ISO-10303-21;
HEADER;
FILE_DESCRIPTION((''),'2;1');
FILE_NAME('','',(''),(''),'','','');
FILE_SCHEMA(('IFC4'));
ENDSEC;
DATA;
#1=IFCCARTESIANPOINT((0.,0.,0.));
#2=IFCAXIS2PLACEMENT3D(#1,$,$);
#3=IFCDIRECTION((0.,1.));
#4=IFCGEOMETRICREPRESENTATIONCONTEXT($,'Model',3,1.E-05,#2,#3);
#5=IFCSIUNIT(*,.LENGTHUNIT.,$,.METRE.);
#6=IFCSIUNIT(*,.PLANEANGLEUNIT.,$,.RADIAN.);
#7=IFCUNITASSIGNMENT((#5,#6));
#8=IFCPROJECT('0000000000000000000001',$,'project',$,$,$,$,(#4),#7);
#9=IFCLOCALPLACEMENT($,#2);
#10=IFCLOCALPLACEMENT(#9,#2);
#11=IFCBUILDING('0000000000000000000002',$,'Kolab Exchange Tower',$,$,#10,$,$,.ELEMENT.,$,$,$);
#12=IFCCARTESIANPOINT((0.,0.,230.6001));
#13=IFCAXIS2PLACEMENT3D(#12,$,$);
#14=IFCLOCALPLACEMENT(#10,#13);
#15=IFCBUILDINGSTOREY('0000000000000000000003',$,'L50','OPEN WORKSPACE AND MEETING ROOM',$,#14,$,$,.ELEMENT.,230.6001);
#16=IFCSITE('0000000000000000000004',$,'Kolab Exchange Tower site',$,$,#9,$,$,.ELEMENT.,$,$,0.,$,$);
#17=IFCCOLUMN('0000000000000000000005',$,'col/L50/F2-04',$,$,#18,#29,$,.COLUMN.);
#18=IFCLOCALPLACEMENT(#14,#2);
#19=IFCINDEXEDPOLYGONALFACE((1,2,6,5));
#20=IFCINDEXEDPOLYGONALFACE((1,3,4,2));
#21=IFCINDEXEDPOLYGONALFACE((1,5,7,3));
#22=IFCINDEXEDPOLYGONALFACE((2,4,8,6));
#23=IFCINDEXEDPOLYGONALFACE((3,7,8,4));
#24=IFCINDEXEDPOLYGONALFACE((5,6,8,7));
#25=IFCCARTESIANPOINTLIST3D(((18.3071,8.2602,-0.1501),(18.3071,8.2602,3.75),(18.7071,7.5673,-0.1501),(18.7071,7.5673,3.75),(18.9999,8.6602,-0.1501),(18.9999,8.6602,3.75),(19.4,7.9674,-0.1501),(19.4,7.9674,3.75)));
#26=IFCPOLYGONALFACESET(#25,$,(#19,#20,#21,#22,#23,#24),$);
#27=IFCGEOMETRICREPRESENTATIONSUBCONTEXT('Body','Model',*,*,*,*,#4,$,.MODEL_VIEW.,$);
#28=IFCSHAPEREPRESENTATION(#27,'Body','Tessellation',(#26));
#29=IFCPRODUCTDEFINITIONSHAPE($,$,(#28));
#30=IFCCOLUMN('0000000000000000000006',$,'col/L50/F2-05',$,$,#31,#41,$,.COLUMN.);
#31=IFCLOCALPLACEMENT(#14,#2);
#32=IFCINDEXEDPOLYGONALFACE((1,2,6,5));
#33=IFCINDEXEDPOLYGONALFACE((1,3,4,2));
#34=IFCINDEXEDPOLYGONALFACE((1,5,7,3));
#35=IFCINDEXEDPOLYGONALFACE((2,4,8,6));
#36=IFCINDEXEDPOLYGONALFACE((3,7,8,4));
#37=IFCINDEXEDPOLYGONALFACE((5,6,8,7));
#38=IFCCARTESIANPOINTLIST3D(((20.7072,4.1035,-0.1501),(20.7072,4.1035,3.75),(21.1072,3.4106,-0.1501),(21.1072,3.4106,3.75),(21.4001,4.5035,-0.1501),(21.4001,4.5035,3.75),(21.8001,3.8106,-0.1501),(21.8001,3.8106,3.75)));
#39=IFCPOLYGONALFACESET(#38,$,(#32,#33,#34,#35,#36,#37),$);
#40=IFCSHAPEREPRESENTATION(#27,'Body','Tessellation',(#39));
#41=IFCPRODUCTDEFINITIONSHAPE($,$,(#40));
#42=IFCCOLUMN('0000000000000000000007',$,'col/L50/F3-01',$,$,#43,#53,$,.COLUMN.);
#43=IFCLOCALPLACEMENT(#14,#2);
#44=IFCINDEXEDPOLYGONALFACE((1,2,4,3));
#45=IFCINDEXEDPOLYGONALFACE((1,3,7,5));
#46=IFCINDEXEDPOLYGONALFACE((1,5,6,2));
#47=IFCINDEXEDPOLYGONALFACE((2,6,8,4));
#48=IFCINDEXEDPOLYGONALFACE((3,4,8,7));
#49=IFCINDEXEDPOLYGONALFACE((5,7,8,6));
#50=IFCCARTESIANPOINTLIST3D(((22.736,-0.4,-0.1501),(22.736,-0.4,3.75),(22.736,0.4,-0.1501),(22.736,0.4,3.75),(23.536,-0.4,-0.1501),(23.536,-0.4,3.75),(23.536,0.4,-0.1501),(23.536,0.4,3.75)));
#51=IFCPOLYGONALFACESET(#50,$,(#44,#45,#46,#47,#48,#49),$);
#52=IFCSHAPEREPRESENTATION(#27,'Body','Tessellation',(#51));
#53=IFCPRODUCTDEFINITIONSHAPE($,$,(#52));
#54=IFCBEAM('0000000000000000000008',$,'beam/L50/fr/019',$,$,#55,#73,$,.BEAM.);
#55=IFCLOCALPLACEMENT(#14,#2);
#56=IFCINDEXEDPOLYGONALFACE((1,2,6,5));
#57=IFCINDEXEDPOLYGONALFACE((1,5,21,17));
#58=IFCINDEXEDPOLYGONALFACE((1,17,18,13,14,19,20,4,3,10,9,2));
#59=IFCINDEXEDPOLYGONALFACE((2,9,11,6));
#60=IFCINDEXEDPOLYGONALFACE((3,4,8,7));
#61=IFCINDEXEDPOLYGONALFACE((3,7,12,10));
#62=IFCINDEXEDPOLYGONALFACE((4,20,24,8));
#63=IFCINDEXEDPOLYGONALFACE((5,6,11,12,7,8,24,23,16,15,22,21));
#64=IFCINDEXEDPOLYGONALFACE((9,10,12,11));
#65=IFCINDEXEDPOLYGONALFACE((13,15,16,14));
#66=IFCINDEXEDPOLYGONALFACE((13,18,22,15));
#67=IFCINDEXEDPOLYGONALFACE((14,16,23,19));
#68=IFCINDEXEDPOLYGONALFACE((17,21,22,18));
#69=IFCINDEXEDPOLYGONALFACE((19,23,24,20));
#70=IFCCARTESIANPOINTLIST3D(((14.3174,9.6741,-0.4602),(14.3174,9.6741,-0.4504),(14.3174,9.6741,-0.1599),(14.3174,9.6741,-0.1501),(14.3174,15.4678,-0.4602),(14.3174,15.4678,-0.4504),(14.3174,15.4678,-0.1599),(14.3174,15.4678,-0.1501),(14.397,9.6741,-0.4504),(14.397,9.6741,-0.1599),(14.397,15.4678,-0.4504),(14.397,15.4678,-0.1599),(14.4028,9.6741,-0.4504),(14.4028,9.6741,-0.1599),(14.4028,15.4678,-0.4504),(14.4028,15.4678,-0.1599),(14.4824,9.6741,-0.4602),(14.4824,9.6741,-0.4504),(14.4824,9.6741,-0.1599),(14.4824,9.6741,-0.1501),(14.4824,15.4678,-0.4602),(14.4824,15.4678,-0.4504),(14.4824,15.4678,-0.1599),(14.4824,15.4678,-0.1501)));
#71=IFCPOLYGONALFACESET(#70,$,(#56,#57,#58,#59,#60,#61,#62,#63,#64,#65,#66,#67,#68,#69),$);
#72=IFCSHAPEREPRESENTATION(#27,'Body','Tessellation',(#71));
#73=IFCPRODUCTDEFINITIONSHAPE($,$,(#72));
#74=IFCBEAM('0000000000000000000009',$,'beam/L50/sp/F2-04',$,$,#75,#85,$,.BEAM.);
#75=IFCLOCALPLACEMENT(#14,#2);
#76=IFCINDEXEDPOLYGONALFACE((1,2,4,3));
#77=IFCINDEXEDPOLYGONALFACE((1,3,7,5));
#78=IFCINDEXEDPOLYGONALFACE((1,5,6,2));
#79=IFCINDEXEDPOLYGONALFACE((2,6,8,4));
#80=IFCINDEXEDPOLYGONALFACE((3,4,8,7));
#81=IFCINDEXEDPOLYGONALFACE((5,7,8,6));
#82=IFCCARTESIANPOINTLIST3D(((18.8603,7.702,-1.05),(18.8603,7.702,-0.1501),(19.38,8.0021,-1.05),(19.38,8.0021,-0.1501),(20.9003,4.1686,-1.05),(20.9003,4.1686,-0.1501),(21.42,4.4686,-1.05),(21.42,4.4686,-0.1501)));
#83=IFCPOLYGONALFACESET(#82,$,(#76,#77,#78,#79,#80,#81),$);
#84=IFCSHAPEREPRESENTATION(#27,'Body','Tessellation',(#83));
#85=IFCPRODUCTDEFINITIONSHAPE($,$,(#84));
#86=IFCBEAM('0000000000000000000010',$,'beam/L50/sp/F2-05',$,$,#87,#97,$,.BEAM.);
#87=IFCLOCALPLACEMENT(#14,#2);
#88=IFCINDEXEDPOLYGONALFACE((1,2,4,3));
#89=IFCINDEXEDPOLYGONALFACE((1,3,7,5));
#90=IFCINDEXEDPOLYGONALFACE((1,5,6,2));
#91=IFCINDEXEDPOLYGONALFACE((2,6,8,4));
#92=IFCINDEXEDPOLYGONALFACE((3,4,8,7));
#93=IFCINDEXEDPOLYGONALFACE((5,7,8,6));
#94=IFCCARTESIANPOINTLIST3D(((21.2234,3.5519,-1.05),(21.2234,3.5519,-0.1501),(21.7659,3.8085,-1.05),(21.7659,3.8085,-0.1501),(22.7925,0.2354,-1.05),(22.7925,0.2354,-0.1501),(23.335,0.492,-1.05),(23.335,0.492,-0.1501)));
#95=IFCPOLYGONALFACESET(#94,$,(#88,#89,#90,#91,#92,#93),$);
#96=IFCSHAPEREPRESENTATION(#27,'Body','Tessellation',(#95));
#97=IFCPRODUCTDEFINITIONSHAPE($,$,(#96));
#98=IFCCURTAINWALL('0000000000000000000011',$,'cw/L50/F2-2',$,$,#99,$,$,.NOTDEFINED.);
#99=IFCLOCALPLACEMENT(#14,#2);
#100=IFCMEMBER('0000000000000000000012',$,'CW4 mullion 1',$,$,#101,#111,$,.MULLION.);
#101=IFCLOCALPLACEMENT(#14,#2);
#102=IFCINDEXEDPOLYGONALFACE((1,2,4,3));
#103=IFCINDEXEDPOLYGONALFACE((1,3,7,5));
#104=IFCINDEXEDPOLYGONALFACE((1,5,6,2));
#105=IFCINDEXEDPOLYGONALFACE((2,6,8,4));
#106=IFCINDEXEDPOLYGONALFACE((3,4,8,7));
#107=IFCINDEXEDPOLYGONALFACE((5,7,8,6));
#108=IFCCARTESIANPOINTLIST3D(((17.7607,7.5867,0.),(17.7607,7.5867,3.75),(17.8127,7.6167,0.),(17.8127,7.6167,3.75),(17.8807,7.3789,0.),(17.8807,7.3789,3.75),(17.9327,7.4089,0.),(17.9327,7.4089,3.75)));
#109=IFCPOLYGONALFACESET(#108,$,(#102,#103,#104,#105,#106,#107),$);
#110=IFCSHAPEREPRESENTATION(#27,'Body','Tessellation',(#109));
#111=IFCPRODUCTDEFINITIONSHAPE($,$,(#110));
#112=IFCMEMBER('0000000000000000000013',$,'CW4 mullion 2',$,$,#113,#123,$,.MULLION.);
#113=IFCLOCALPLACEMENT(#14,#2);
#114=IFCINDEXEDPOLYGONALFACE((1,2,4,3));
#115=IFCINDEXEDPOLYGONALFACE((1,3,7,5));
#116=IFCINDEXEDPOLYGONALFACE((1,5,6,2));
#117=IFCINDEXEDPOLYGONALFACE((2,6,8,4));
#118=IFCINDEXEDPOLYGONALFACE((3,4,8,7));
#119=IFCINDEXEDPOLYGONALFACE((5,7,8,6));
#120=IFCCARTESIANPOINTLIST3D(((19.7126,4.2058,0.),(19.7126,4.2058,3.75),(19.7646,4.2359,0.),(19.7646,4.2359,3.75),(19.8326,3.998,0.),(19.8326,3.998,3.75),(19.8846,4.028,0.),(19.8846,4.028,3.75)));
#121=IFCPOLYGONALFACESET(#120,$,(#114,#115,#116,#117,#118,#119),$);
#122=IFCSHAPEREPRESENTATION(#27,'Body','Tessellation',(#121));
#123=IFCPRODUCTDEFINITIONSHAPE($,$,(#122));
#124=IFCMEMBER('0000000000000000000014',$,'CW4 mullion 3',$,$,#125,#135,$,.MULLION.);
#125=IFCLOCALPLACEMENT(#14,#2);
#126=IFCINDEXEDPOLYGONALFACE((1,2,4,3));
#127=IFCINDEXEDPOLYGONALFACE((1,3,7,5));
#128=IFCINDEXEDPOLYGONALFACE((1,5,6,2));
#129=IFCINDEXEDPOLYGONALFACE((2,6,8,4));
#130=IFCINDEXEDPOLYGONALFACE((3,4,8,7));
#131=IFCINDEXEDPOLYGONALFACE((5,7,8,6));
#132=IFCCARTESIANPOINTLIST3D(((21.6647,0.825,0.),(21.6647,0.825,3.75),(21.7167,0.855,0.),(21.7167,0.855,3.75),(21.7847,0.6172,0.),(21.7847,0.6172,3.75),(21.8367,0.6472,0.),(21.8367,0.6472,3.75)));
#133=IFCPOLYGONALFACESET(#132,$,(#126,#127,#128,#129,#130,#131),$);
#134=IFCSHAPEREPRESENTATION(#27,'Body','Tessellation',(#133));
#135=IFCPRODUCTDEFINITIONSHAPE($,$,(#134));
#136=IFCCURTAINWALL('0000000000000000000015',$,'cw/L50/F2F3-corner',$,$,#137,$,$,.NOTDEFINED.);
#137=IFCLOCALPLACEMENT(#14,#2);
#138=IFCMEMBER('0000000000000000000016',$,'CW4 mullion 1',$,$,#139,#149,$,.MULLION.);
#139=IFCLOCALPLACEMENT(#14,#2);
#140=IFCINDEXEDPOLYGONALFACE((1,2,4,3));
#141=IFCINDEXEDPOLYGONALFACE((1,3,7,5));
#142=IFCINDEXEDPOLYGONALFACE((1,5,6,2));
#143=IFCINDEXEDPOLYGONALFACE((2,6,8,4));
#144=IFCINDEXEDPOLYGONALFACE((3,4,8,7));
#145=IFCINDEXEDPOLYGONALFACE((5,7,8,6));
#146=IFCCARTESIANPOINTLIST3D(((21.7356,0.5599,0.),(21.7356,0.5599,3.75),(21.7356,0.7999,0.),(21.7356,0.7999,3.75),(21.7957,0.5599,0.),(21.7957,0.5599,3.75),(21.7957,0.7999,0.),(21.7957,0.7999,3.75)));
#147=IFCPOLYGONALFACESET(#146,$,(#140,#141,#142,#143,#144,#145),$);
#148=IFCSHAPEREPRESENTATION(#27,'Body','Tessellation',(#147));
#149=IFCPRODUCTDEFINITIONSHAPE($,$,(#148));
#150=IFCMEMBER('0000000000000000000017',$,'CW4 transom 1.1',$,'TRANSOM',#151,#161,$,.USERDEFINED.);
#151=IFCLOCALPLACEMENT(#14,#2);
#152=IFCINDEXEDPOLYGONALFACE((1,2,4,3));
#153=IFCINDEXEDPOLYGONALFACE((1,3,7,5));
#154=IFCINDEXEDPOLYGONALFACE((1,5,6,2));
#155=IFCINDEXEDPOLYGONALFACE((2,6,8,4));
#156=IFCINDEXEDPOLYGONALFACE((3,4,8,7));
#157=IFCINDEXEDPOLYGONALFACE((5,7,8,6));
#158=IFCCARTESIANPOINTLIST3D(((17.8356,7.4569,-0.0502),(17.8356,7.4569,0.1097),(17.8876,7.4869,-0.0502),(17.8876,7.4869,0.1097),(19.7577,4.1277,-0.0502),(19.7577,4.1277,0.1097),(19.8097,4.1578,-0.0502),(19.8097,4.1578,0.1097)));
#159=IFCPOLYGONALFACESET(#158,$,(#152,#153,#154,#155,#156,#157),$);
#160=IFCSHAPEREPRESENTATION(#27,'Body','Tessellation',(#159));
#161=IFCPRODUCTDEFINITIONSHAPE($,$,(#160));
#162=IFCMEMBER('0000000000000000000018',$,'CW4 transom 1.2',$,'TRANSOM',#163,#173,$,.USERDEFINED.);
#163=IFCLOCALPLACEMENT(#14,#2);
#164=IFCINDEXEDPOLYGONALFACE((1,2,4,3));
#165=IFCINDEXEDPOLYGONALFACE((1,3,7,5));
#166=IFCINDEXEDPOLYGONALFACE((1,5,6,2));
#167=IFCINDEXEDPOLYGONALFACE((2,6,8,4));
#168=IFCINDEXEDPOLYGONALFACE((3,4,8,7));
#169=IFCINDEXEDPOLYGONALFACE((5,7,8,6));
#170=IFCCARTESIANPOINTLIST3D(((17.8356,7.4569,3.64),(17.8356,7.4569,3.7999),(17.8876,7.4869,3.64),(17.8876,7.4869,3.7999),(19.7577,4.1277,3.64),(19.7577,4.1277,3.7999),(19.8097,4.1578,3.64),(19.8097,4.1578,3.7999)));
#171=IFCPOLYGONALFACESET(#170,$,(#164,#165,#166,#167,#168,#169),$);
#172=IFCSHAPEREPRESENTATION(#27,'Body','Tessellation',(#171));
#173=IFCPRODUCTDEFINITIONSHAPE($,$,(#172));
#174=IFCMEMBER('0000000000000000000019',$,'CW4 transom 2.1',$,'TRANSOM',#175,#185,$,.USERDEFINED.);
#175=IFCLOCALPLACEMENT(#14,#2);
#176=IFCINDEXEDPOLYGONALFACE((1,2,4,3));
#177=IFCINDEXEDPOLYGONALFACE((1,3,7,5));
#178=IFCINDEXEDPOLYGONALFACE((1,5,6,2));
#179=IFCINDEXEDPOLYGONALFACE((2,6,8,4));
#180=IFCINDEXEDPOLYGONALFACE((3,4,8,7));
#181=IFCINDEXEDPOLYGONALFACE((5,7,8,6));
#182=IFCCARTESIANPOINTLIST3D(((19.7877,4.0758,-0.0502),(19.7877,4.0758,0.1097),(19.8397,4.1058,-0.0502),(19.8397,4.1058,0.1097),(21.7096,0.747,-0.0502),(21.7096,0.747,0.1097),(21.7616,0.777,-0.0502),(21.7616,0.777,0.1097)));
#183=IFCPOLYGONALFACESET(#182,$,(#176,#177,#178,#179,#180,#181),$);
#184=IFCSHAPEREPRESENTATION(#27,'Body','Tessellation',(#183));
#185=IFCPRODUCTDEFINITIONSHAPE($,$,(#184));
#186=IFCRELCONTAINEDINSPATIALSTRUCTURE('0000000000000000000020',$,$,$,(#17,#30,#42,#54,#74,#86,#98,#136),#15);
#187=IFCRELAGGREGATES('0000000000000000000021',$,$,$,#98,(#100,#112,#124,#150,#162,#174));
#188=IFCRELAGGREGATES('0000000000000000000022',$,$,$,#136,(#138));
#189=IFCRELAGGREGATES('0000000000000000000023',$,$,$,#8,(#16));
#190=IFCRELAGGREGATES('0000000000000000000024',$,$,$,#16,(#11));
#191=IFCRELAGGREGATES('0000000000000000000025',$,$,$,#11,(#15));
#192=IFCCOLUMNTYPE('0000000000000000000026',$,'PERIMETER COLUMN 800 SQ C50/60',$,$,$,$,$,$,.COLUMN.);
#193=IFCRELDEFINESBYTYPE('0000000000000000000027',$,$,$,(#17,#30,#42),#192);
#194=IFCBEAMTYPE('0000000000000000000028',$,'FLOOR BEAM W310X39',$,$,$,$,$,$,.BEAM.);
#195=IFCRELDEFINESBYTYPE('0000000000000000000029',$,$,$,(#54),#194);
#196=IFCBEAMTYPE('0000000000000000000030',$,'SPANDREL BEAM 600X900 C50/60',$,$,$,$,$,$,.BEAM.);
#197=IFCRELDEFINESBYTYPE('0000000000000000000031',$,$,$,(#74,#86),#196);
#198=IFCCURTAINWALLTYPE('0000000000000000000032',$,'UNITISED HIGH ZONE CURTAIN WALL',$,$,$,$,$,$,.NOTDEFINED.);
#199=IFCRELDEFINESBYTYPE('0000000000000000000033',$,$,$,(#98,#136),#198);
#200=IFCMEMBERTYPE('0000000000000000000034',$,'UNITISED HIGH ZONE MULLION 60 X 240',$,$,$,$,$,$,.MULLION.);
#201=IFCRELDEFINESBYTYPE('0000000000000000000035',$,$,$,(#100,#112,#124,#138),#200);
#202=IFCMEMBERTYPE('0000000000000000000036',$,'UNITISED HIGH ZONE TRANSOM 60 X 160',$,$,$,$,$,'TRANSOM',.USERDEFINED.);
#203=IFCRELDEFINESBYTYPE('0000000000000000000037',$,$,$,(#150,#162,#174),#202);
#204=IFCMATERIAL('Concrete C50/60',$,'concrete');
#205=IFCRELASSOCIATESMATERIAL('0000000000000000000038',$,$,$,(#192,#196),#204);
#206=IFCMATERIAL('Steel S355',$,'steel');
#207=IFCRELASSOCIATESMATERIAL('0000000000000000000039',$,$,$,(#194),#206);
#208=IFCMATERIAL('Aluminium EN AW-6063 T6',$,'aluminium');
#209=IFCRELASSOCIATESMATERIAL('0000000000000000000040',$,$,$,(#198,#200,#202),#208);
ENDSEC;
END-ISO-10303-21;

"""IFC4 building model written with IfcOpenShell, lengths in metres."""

from ifc_helpers import new_model, si_unit, direction, frame, origin, origin_2d, place, context, subcontext, project, spatial, rectangle, i_section, extrude, material, material_profile, profile_set, type_object, element, aggregate, save


model = new_model("IFC4")

# Units and contexts
model_context = context("Model", 3, precision=1e-05, world=origin(), true_north=direction((0.0, 1.0)))
body_context = subcontext(model_context, "Body", "Model", "MODEL_VIEW")
ifc_project = project(units=[si_unit("LENGTHUNIT", "METRE"), si_unit("PLANEANGLEUNIT", "RADIAN")], contexts=[model_context])

# Site, building, storey
site_placement = place(None, origin())
site = spatial("IfcSite", under=ifc_project, at=site_placement, Name="Kolab Exchange Tower site", CompositionType="ELEMENT", RefElevation=0.0)
building_placement = place(site_placement, origin())
building = spatial("IfcBuilding", under=site, at=building_placement, Name="Kolab Exchange Tower", CompositionType="ELEMENT")
storey_placement = place(building_placement, frame((0.0, 0.0, 230.6001)))
storey = spatial("IfcBuildingStorey", under=building, at=storey_placement, Name="L50", Description="OPEN WORKSPACE AND MEETING ROOM", CompositionType="ELEMENT", Elevation=230.6001)

# Columns
ifc_material_1 = material(Name="Concrete C50/60", Category="concrete")
ifc_material_profile_1 = material_profile(ifc_material_1, rectangle(XDim=0.8, YDim=0.8, at=origin_2d()), Name="RC800")
ifc_profile_set_1 = profile_set([ifc_material_profile_1], Name="Concrete C50/60")
column_type = type_object("IfcColumnType", Name="PERIMETER COLUMN 800 SQ C50/60", PredefinedType="COLUMN", material=ifc_profile_set_1)
for number, where, z_axis, x_axis, name in (
    (1, (18.8535, 8.1138, -0.1501), (0.0, 0.0, 1.0), (0.866025, 0.5, 0.0), "col/L50/F2-04"),
    (2, (21.2537, 3.957, -0.1501), (0.0, 0.0, 1.0), (0.866025, 0.5, 0.0), "col/L50/F2-05"),
    (3, (23.136, 0.0, -0.1501), (0.0, 0.0, 1.0), (1.0, 0.0, 0.0), "col/L50/F3-01"),
):
    element("IfcColumn", number, at=place(storey_placement, frame(where, z_axis=z_axis, x_axis=x_axis)), inside=storey, type_object=column_type, Name=name, PredefinedType="COLUMN", context=body_context, shape_type="SweptSolid", body=[
        extrude(rectangle(XDim=0.8, YDim=0.8, at=origin_2d()), origin(), (0.0, 0.0, 1.0), 3.9001),
    ])

# Beams
ifc_material_2 = material(Name="Steel S355", Category="steel")
ifc_material_profile_2 = material_profile(ifc_material_2, i_section(OverallWidth=0.165, OverallDepth=0.3101, WebThickness=0.0059, FlangeThickness=0.0098, at=origin_2d()), Name="W310X39")
ifc_profile_set_2 = profile_set([ifc_material_profile_2], Name="Steel S355")
beam_type_1 = type_object("IfcBeamType", Name="FLOOR BEAM W310X39", PredefinedType="BEAM", material=ifc_profile_set_2)
beam_1_placement = place(storey_placement, frame((14.3999, 9.6741, -0.3052), z_axis=(0.0, 1.0, 0.0), x_axis=(-1.0, 0.0, 0.0)))
element("IfcBeam", 4, at=beam_1_placement, inside=storey, type_object=beam_type_1, Name="beam/L50/fr/019", PredefinedType="BEAM", context=body_context, shape_type="SweptSolid", body=[
    extrude(i_section(OverallWidth=0.165, OverallDepth=0.3101, WebThickness=0.0059, FlangeThickness=0.0098, at=origin_2d()), origin(), (0.0, 0.0, 1.0), 5.7937),
])
ifc_material_profile_3 = material_profile(ifc_material_1, rectangle(XDim=0.6001, YDim=0.8999, at=origin_2d()), Name="RC600X900")
ifc_profile_set_3 = profile_set([ifc_material_profile_3], Name="Concrete C50/60")
beam_type_2 = type_object("IfcBeamType", Name="SPANDREL BEAM 600X900 C50/60", PredefinedType="BEAM", material=ifc_profile_set_3)
beam_2_placement = place(storey_placement, frame((19.1201, 7.8521, -0.6001), z_axis=(0.5, -0.866025, 0.0), x_axis=(0.866025, 0.5, 0.0)))
element("IfcBeam", 5, at=beam_2_placement, inside=storey, type_object=beam_type_2, Name="beam/L50/sp/F2-04", PredefinedType="BEAM", context=body_context, shape_type="SweptSolid", body=[
    extrude(rectangle(XDim=0.6001, YDim=0.8999, at=origin_2d()), origin(), (0.0, 0.0, 1.0), 4.0801),
])
beam_3_placement = place(storey_placement, frame((21.4946, 3.6802, -0.6001), z_axis=(0.427677, -0.903932, 0.0), x_axis=(0.903932, 0.427677, 0.0)))
element("IfcBeam", 6, at=beam_3_placement, inside=storey, type_object=beam_type_2, Name="beam/L50/sp/F2-05", PredefinedType="BEAM", context=body_context, shape_type="SweptSolid", body=[
    extrude(rectangle(XDim=0.6001, YDim=0.8999, at=origin_2d()), origin(), (0.0, 0.0, 1.0), 3.6689),
])

# Curtain wall, members
ifc_material_3 = material(Name="Aluminium EN AW-6063 T6", Category="aluminium")
curtain_wall_type = type_object("IfcCurtainWallType", Name="UNITISED HIGH ZONE CURTAIN WALL", PredefinedType="NOTDEFINED", material=ifc_material_3)
curtain_wall_1_placement = place(storey_placement, origin())
curtain_wall_1 = element("IfcCurtainWall", 7, at=curtain_wall_1_placement, inside=storey, type_object=curtain_wall_type, Name="cw/L50/F2-2", PredefinedType="NOTDEFINED")
ifc_material_profile_4 = material_profile(ifc_material_3, rectangle(XDim=0.0601, YDim=0.24, at=origin_2d()), Name="RECT 60X240")
ifc_profile_set_4 = profile_set([ifc_material_profile_4], Name="Aluminium EN AW-6063 T6")
member_type_1 = type_object("IfcMemberType", Name="UNITISED HIGH ZONE MULLION 60 X 240", PredefinedType="MULLION", material=ifc_profile_set_4)
member_1_placement = place(storey_placement, frame((17.8467, 7.4978, 0.0), z_axis=(0.0, 0.0, 1.0), x_axis=(0.866025, 0.5, 0.0)))
member_1 = element("IfcMember", 8, at=member_1_placement, type_object=member_type_1, Name="CW4 mullion 1", PredefinedType="MULLION", context=body_context, shape_type="SweptSolid", body=[
    extrude(rectangle(XDim=0.0601, YDim=0.24, at=origin_2d()), origin(), (0.0, 0.0, 1.0), 3.75),
])
member_2_placement = place(storey_placement, frame((19.7986, 4.1169, 0.0), z_axis=(0.0, 0.0, 1.0), x_axis=(0.866025, 0.5, 0.0)))
member_2 = element("IfcMember", 9, at=member_2_placement, type_object=member_type_1, Name="CW4 mullion 2", PredefinedType="MULLION", context=body_context, shape_type="SweptSolid", body=[
    extrude(rectangle(XDim=0.0601, YDim=0.24, at=origin_2d()), origin(), (0.0, 0.0, 1.0), 3.75),
])
member_3_placement = place(storey_placement, frame((21.7507, 0.7361, 0.0), z_axis=(0.0, 0.0, 1.0), x_axis=(0.866025, 0.5, 0.0)))
member_3 = element("IfcMember", 10, at=member_3_placement, type_object=member_type_1, Name="CW4 mullion 3", PredefinedType="MULLION", context=body_context, shape_type="SweptSolid", body=[
    extrude(rectangle(XDim=0.0601, YDim=0.24, at=origin_2d()), origin(), (0.0, 0.0, 1.0), 3.75),
])

# Curtain wall, member
curtain_wall_2_placement = place(storey_placement, origin())
curtain_wall_2 = element("IfcCurtainWall", 11, at=curtain_wall_2_placement, inside=storey, type_object=curtain_wall_type, Name="cw/L50/F2F3-corner", PredefinedType="NOTDEFINED")
member_4_placement = place(storey_placement, frame((21.7656, 0.6799, 0.0), z_axis=(0.0, 0.0, 1.0), x_axis=(1.0, 0.0, 0.0)))
member_4 = element("IfcMember", 12, at=member_4_placement, type_object=member_type_1, Name="CW4 mullion 1", PredefinedType="MULLION", context=body_context, shape_type="SweptSolid", body=[
    extrude(rectangle(XDim=0.0601, YDim=0.24, at=origin_2d()), origin(), (0.0, 0.0, 1.0), 3.75),
])

# Members
ifc_material_profile_5 = material_profile(ifc_material_3, rectangle(XDim=0.0601, YDim=0.1599, at=origin_2d()), Name="RECT 60X160")
ifc_profile_set_5 = profile_set([ifc_material_profile_5], Name="Aluminium EN AW-6063 T6")
member_type_2 = type_object("IfcMemberType", Name="UNITISED HIGH ZONE TRANSOM 60 X 160", ElementType="TRANSOM", PredefinedType="USERDEFINED", material=ifc_profile_set_5)
member_5_placement = place(storey_placement, frame((17.8616, 7.4719, 0.0298), z_axis=(0.500012, -0.866018, 0.0), x_axis=(0.866018, 0.500012, 0.0)))
member_5 = element("IfcMember", 13, at=member_5_placement, type_object=member_type_2, Name="CW4 transom 1.1", ObjectType="TRANSOM", PredefinedType="USERDEFINED", context=body_context, shape_type="SweptSolid", body=[
    extrude(rectangle(XDim=0.0601, YDim=0.1599, at=origin_2d()), origin(), (0.0, 0.0, 1.0), 3.8442),
])
member_6_placement = place(storey_placement, frame((17.8616, 7.4719, 3.72), z_axis=(0.500012, -0.866018, 0.0), x_axis=(0.866018, 0.500012, 0.0)))
member_6 = element("IfcMember", 14, at=member_6_placement, type_object=member_type_2, Name="CW4 transom 1.2", ObjectType="TRANSOM", PredefinedType="USERDEFINED", context=body_context, shape_type="SweptSolid", body=[
    extrude(rectangle(XDim=0.0601, YDim=0.1599, at=origin_2d()), origin(), (0.0, 0.0, 1.0), 3.8442),
])
member_7_placement = place(storey_placement, frame((19.8137, 4.0908, 0.0298), z_axis=(0.499992, -0.86603, 0.0), x_axis=(0.86603, 0.499992, 0.0)))
member_7 = element("IfcMember", 15, at=member_7_placement, type_object=member_type_2, Name="CW4 transom 2.1", ObjectType="TRANSOM", PredefinedType="USERDEFINED", context=body_context, shape_type="SweptSolid", body=[
    extrude(rectangle(XDim=0.0601, YDim=0.1599, at=origin_2d()), origin(), (0.0, 0.0, 1.0), 3.8438),
])

aggregate(curtain_wall_1, [member_1, member_2, member_3, member_5, member_6, member_7])
aggregate(curtain_wall_2, [member_4])

save(model, "model.ifc")
